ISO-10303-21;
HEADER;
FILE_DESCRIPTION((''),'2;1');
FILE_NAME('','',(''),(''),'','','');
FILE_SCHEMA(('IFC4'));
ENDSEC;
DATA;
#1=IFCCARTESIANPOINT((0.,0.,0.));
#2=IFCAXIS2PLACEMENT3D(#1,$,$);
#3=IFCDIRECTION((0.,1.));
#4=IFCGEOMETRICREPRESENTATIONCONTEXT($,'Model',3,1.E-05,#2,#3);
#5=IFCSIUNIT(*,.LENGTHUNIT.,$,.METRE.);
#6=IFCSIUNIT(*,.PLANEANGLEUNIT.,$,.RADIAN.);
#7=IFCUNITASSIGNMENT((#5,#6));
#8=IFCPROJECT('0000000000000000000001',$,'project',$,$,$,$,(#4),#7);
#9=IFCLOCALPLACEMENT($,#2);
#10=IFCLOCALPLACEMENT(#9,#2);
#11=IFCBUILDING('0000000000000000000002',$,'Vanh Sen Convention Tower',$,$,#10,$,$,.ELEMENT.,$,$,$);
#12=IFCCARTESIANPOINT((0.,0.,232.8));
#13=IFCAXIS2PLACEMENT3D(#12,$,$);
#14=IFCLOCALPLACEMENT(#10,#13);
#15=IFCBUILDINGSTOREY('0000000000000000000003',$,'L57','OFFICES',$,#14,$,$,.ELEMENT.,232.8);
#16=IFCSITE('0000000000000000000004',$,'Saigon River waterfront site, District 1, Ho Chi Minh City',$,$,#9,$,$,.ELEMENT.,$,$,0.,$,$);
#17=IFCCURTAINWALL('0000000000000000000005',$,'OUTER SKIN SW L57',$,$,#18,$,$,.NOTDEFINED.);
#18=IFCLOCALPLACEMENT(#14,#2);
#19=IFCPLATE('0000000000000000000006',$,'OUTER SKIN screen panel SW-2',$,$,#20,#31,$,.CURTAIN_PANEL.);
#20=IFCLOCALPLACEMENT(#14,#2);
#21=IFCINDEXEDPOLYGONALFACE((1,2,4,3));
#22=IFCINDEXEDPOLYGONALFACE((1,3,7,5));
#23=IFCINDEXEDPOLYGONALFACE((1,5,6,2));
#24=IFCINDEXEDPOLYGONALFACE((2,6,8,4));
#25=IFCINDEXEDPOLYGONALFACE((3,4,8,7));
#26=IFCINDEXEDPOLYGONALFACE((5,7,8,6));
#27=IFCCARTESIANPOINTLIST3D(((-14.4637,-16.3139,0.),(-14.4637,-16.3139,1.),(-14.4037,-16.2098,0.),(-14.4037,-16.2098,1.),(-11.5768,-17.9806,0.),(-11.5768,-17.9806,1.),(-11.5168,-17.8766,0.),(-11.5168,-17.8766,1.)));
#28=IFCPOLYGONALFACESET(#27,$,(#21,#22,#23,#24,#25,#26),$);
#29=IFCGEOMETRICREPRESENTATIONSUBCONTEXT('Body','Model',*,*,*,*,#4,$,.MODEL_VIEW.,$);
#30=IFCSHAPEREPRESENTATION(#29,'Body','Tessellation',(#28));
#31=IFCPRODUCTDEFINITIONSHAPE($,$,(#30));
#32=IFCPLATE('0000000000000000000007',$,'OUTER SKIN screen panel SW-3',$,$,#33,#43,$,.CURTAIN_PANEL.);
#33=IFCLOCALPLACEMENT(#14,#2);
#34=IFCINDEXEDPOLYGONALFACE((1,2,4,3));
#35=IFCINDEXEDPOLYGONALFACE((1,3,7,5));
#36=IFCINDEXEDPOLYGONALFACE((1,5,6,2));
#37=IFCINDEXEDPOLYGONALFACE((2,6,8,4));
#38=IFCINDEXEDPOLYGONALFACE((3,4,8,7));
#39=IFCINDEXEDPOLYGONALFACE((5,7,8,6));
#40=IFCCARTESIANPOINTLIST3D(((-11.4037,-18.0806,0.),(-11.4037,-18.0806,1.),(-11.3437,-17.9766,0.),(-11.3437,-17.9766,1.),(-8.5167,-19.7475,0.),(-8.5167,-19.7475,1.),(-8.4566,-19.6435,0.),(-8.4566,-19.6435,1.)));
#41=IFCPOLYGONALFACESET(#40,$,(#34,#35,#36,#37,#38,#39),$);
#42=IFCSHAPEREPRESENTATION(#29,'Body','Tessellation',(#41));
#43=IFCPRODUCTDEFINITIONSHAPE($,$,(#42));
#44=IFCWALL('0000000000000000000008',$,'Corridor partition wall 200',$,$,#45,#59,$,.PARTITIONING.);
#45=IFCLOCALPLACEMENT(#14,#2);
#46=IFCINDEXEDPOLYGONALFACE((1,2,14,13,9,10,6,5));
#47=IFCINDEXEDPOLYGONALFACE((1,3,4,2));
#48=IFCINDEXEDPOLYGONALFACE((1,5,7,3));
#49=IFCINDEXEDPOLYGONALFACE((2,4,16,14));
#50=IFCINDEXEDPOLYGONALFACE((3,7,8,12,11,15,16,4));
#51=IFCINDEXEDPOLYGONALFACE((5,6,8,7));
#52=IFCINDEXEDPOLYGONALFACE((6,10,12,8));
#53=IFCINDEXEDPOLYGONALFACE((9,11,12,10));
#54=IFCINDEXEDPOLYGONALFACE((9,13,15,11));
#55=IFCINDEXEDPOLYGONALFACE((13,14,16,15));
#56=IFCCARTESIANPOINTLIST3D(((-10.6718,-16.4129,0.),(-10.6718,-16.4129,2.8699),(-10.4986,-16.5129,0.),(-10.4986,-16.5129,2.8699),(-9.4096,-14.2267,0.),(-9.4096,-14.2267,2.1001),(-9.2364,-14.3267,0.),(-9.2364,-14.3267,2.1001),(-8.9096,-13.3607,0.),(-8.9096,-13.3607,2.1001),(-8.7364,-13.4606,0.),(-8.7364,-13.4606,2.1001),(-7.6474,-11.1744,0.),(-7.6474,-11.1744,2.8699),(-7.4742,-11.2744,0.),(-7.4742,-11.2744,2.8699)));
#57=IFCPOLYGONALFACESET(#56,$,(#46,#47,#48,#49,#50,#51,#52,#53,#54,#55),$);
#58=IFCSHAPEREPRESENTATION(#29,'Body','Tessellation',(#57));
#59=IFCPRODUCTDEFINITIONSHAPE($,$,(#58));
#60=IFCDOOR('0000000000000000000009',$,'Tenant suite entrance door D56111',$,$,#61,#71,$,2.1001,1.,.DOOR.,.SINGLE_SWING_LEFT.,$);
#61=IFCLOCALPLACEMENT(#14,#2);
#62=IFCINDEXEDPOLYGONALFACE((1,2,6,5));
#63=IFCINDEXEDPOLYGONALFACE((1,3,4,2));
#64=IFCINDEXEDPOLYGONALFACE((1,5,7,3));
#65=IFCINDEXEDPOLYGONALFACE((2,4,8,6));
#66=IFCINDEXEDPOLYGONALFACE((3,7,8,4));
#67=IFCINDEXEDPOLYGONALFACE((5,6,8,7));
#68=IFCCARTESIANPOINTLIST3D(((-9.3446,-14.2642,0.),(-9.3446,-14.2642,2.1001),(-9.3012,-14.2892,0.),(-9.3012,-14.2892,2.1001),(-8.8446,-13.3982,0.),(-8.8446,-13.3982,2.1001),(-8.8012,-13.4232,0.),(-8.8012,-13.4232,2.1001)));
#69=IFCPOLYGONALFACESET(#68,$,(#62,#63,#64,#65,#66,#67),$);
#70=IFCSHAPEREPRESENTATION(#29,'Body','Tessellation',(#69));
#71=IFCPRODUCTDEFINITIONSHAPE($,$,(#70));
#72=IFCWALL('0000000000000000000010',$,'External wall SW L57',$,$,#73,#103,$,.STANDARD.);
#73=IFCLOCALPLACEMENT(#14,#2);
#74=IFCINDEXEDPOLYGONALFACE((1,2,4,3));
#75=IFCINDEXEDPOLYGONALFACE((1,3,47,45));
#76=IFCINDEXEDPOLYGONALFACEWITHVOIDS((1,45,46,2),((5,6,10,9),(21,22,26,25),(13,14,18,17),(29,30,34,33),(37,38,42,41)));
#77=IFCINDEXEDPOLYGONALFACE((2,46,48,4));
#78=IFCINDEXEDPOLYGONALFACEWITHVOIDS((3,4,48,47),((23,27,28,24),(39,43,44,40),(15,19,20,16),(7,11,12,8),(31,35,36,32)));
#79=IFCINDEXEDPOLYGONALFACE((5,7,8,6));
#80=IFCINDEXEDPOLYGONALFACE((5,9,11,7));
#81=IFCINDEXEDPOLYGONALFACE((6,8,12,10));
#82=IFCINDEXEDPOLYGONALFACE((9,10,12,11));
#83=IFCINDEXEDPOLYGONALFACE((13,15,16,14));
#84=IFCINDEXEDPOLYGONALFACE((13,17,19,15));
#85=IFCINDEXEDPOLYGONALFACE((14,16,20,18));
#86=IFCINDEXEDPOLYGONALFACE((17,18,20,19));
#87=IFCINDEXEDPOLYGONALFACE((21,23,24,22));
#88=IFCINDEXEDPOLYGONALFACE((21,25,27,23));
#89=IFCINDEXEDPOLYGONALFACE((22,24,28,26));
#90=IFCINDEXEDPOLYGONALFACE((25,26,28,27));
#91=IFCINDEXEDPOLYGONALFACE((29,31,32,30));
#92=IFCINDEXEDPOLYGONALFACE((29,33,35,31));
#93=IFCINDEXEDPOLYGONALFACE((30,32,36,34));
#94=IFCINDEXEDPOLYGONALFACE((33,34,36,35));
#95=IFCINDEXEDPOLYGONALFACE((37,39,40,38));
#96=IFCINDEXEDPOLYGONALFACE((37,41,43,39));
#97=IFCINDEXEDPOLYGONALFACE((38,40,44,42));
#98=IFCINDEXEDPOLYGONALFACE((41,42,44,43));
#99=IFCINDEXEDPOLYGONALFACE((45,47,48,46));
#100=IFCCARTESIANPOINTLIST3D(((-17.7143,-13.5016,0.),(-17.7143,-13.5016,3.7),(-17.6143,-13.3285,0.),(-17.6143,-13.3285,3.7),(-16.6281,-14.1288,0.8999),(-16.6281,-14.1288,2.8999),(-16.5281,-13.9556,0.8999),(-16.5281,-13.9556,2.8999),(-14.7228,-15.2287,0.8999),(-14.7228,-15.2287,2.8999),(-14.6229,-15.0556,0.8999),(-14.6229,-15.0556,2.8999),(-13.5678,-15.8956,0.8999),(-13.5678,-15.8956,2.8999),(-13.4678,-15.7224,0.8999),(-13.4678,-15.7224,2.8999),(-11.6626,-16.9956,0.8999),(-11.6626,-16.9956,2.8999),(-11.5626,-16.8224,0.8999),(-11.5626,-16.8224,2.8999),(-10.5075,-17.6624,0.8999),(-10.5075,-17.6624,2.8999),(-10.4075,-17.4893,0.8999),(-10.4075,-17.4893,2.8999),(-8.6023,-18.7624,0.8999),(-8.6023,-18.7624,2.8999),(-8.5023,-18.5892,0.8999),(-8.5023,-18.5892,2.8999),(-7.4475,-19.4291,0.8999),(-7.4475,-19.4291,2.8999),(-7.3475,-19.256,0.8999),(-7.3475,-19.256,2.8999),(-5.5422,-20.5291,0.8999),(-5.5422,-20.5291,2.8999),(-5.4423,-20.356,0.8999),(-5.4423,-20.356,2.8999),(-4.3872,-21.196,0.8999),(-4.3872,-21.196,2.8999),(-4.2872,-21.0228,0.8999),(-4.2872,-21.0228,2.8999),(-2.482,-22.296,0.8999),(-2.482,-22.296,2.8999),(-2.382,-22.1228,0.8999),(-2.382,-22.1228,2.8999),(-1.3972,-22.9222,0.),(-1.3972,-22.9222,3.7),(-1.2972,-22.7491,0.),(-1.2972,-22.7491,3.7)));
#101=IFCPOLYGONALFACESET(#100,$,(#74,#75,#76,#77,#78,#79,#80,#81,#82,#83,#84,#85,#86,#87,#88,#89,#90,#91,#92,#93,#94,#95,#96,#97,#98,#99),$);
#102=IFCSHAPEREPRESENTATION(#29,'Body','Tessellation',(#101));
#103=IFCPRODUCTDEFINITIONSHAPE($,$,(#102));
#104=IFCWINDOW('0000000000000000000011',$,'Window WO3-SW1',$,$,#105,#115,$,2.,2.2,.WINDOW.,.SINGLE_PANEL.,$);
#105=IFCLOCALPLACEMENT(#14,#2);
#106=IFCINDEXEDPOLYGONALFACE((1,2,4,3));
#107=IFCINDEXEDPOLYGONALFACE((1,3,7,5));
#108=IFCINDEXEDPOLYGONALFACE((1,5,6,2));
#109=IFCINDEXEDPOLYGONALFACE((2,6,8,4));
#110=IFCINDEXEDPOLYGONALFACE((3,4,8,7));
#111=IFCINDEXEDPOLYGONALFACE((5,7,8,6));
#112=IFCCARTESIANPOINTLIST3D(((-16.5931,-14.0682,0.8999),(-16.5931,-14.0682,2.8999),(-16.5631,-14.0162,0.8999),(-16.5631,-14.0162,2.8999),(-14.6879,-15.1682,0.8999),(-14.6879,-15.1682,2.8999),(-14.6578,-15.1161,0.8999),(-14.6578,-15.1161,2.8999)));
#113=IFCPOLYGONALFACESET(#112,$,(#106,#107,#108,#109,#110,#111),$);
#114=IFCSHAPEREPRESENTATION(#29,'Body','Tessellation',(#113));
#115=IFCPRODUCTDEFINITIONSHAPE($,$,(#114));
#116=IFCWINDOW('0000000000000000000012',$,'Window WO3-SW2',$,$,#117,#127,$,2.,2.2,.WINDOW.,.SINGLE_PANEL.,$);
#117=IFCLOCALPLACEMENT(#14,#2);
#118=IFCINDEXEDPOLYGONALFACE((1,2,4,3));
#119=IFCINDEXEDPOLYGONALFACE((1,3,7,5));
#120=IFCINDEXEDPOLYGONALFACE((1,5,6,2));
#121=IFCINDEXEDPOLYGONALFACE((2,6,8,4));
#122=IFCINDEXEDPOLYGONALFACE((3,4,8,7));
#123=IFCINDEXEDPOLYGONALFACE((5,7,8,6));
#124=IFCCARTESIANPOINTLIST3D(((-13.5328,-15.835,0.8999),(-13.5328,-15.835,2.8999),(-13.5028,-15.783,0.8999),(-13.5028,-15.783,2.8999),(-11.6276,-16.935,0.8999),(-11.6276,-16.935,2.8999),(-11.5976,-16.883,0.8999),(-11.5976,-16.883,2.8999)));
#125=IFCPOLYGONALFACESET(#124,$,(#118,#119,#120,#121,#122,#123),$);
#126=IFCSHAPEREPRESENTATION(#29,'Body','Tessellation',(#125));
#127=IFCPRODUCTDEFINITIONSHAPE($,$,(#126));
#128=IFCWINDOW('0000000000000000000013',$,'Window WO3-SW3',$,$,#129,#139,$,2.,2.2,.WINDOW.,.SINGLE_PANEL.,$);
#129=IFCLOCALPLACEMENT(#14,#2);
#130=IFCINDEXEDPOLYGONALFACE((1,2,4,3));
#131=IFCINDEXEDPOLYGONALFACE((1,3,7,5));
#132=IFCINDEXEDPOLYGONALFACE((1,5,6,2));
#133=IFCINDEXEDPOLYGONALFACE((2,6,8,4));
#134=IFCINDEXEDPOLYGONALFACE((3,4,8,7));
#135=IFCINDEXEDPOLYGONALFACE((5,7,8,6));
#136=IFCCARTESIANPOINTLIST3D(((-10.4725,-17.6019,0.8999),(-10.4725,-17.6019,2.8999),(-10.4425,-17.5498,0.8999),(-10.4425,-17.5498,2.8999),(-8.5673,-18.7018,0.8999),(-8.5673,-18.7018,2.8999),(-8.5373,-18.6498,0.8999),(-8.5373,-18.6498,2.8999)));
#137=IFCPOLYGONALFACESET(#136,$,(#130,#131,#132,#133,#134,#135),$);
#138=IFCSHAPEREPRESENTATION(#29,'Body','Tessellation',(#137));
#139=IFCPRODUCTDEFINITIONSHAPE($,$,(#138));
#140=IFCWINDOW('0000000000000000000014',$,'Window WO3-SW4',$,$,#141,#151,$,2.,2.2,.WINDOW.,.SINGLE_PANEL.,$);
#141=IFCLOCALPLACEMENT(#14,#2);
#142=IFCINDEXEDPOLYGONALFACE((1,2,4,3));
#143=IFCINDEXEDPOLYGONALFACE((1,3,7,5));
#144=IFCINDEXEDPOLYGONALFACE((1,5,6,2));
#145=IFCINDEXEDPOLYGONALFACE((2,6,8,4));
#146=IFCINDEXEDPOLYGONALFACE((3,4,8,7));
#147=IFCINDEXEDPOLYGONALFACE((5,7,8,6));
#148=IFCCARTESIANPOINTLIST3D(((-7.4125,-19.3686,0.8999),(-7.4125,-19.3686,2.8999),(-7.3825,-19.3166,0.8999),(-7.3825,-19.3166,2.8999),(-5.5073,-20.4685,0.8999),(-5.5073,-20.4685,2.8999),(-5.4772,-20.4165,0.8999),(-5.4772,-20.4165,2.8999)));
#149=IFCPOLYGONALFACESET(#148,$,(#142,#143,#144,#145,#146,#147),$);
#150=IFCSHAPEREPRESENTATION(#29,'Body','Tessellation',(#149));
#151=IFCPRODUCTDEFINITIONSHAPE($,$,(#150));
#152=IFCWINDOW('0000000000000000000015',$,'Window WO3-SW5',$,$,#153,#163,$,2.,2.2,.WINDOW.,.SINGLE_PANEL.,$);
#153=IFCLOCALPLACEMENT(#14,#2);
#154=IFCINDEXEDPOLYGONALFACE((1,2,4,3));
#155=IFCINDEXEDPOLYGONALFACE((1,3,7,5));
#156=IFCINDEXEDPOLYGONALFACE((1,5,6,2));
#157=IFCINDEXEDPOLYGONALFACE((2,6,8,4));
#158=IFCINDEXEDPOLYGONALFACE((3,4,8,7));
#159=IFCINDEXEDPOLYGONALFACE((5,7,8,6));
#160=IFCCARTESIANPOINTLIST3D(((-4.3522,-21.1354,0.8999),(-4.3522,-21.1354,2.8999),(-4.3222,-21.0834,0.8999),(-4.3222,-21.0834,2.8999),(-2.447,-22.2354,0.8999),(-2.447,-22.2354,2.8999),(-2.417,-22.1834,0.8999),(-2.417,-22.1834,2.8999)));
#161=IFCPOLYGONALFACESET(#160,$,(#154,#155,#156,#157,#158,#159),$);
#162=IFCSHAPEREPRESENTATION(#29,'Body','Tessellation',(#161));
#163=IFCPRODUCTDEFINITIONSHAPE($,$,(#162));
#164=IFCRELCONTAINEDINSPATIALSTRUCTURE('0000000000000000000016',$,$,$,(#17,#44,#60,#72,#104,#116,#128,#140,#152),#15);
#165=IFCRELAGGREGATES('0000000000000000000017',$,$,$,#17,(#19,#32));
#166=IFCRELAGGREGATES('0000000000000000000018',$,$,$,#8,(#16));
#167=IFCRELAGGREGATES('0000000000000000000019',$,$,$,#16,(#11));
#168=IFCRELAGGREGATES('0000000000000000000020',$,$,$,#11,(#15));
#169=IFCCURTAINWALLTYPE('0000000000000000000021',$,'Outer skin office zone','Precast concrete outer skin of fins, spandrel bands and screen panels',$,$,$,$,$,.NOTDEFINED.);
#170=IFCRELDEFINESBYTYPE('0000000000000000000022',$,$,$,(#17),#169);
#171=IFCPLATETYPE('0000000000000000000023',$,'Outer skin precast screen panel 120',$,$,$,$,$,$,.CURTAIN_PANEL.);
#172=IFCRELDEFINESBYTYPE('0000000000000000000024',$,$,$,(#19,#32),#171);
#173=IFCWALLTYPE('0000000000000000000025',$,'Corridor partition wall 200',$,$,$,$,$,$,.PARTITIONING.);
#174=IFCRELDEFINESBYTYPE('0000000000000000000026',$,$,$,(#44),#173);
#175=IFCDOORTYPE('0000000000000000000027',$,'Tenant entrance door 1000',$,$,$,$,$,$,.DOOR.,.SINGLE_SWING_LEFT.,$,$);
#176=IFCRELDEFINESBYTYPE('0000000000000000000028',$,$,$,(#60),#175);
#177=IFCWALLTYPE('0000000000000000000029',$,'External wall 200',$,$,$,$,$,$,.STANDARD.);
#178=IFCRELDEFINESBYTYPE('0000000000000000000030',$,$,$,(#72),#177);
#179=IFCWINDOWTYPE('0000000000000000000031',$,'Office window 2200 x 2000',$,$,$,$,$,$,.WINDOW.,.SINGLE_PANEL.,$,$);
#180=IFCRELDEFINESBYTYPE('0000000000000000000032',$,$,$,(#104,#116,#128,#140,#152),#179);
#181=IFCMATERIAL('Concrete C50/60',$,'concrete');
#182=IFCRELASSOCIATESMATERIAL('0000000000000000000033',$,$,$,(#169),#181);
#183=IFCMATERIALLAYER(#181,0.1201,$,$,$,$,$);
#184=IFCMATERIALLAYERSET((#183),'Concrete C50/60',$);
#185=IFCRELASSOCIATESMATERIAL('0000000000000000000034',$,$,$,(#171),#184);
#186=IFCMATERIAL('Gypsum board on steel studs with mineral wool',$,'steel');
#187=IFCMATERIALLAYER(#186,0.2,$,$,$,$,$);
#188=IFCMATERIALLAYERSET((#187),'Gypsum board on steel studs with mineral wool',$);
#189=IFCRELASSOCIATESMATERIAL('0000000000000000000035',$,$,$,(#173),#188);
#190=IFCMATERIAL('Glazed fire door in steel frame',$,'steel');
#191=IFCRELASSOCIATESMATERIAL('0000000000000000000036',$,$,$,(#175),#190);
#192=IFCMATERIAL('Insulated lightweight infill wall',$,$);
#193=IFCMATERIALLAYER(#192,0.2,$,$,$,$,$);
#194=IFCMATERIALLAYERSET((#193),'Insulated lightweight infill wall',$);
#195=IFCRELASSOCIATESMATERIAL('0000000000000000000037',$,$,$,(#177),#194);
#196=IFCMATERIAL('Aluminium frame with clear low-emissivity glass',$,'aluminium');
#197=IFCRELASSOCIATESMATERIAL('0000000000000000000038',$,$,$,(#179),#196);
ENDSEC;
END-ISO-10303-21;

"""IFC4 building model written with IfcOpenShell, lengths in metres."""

from ifc_helpers import new_model, si_unit, direction, frame, frame_2d, origin, origin_2d, place, context, subcontext, project, spatial, rectangle, extrude, material, layer, layer_set, type_object, element, fill, aggregate, save


model = new_model("IFC4")

# Units and contexts
model_context = context("Model", 3, precision=1e-05, world=origin(), true_north=direction((0.0, 1.0)))
body_context = subcontext(model_context, "Body", "Model", "MODEL_VIEW")
ifc_project = project(units=[si_unit("LENGTHUNIT", "METRE"), si_unit("PLANEANGLEUNIT", "RADIAN")], contexts=[model_context])

# Site, building, storey
site_placement = place(None, origin())
site = spatial("IfcSite", under=ifc_project, at=site_placement, Name="Saigon River waterfront site, District 1, Ho Chi Minh City", CompositionType="ELEMENT", RefElevation=0.0)
building_placement = place(site_placement, origin())
building = spatial("IfcBuilding", under=site, at=building_placement, Name="Vanh Sen Convention Tower", CompositionType="ELEMENT")
storey_placement = place(building_placement, frame((0.0, 0.0, 232.8)))
storey = spatial("IfcBuildingStorey", under=building, at=storey_placement, Name="L57", Description="OFFICES", CompositionType="ELEMENT", Elevation=232.8)

# Curtain wall
ifc_material_1 = material(Name="Concrete C50/60", Category="concrete")
curtain_wall_type = type_object("IfcCurtainWallType", Name="Outer skin office zone", Description="Precast concrete outer skin of fins, spandrel bands and screen panels", PredefinedType="NOTDEFINED", material=ifc_material_1)
curtain_wall_placement = place(storey_placement, origin())
curtain_wall = element("IfcCurtainWall", 1, at=curtain_wall_placement, inside=storey, type_object=curtain_wall_type, Name="OUTER SKIN SW L57", PredefinedType="NOTDEFINED")

# Plates
ifc_layer_1 = layer(ifc_material_1, 0.1201)
ifc_layer_set_1 = layer_set([ifc_layer_1], Name="Concrete C50/60")
plate_type = type_object("IfcPlateType", Name="Outer skin precast screen panel 120", PredefinedType="CURTAIN_PANEL", material=ifc_layer_set_1)
plate_1_placement = place(storey_placement, frame((-12.9902, -17.0952, 0.0), z_axis=(0.0, 0.0, 1.0), x_axis=(0.866026, -0.499998, 0.0)))
plate_1 = element("IfcPlate", 2, at=plate_1_placement, type_object=plate_type, Name="OUTER SKIN screen panel SW-2", PredefinedType="CURTAIN_PANEL", context=body_context, shape_type="SweptSolid", body=[
    extrude(rectangle(XDim=3.3335, YDim=0.1201, at=origin_2d()), origin(), (0.0, 0.0, 1.0), 1.0),
])
plate_2_placement = place(storey_placement, frame((-9.9302, -18.8621, 0.0), z_axis=(0.0, 0.0, 1.0), x_axis=(0.866014, -0.50002, 0.0)))
plate_2 = element("IfcPlate", 3, at=plate_2_placement, type_object=plate_type, Name="OUTER SKIN screen panel SW-3", PredefinedType="CURTAIN_PANEL", context=body_context, shape_type="SweptSolid", body=[
    extrude(rectangle(XDim=3.3337, YDim=0.1201, at=origin_2d()), origin(), (0.0, 0.0, 1.0), 1.0),
])
aggregate(curtain_wall, [plate_1, plate_2])

# Wall, opening, door
ifc_material_2 = material(Name="Gypsum board on steel studs with mineral wool", Category="steel")
ifc_layer_2 = layer(ifc_material_2, 0.2)
ifc_layer_set_2 = layer_set([ifc_layer_2], Name="Gypsum board on steel studs with mineral wool")
wall_type_1 = type_object("IfcWallType", Name="Corridor partition wall 200", PredefinedType="PARTITIONING", material=ifc_layer_set_2)
wall_1_placement = place(storey_placement, frame((-10.5852, -16.4629, 0.0), z_axis=(0.0, 0.0, 1.0), x_axis=(0.499994, 0.866029, 0.0)))
wall_1 = element("IfcWall", 4, at=wall_1_placement, inside=storey, type_object=wall_type_1, Name="Corridor partition wall 200", PredefinedType="PARTITIONING", context=body_context, shape_type="SweptSolid", body=[
    extrude(rectangle(XDim=6.0488, YDim=0.2, at=frame_2d((3.0244, 0.0))), origin(), (0.0, 0.0, 1.0), 2.8699),
])
opening_1_placement = place(wall_1_placement, frame((2.5244, 0.0, 0.0)))
opening_1 = element("IfcOpeningElement", 5, at=opening_1_placement, cuts=wall_1, PredefinedType="OPENING", context=body_context, shape_type="SweptSolid", body=[
    extrude(rectangle(XDim=1.0, YDim=2.1001, at=frame_2d((0.5, 1.05))), frame((0.0, 0.1099, 0.0), z_axis=(0.0, -1.0, 0.0), x_axis=(1.0, 0.0, 0.0)), (0.0, 0.0, 1.0), 0.22),
])
ifc_material_3 = material(Name="Glazed fire door in steel frame", Category="steel")
door_type = type_object("IfcDoorType", Name="Tenant entrance door 1000", OperationType="SINGLE_SWING_LEFT", PredefinedType="DOOR", material=ifc_material_3)
door_placement = place(opening_1_placement, origin())
door = element("IfcDoor", 6, at=door_placement, inside=storey, type_object=door_type, Name="Tenant suite entrance door D56111", OperationType="SINGLE_SWING_LEFT", OverallHeight=2.1001, OverallWidth=1.0, PredefinedType="DOOR", context=body_context, shape_type="SweptSolid", body=[
    extrude(rectangle(XDim=1.0, YDim=2.1001, at=frame_2d((0.5, 1.05))), frame((0.0, 0.0249, 0.0), z_axis=(0.0, -1.0, 0.0), x_axis=(1.0, 0.0, 0.0)), (0.0, 0.0, 1.0), 0.05),
])
fill(opening_1, door)

# Wall, openings, windows
ifc_material_4 = material(Name="Insulated lightweight infill wall")
ifc_layer_3 = layer(ifc_material_4, 0.2)
ifc_layer_set_3 = layer_set([ifc_layer_3], Name="Insulated lightweight infill wall")
wall_type_2 = type_object("IfcWallType", Name="External wall 200", PredefinedType="STANDARD", material=ifc_layer_set_3)
wall_2_placement = place(storey_placement, frame((-17.6643, -13.415, 0.0), z_axis=(0.0, 0.0, 1.0), x_axis=(0.866027, -0.499998, 0.0)))
wall_2 = element("IfcWall", 7, at=wall_2_placement, inside=storey, type_object=wall_type_2, Name="External wall SW L57", PredefinedType="STANDARD", context=body_context, shape_type="SweptSolid", body=[
    extrude(rectangle(XDim=18.8413, YDim=0.2, at=frame_2d((9.4207, 0.0))), origin(), (0.0, 0.0, 1.0), 3.7),
])
opening_2_placement = place(wall_2_placement, frame((1.2542, 0.0, 0.8999)))
opening_2 = element("IfcOpeningElement", 8, at=opening_2_placement, cuts=wall_2, PredefinedType="OPENING", context=body_context, shape_type="SweptSolid", body=[
    extrude(rectangle(XDim=2.2, YDim=2.0, at=frame_2d((1.1001, 1.0))), frame((0.0, 0.1099, 0.0), z_axis=(0.0, -1.0, 0.0), x_axis=(1.0, 0.0, 0.0)), (0.0, 0.0, 1.0), 0.22),
])
opening_3_placement = place(wall_2_placement, frame((4.7878, 0.0, 0.8999)))
opening_3 = element("IfcOpeningElement", 9, at=opening_3_placement, cuts=wall_2, PredefinedType="OPENING", context=body_context, shape_type="SweptSolid", body=[
    extrude(rectangle(XDim=2.2, YDim=2.0, at=frame_2d((1.1001, 1.0))), frame((0.0, 0.1099, 0.0), z_axis=(0.0, -1.0, 0.0), x_axis=(1.0, 0.0, 0.0)), (0.0, 0.0, 1.0), 0.22),
])
opening_4_placement = place(wall_2_placement, frame((8.3215, 0.0, 0.8999)))
opening_4 = element("IfcOpeningElement", 10, at=opening_4_placement, cuts=wall_2, PredefinedType="OPENING", context=body_context, shape_type="SweptSolid", body=[
    extrude(rectangle(XDim=2.2, YDim=2.0, at=frame_2d((1.1001, 1.0))), frame((0.0, 0.1099, 0.0), z_axis=(0.0, -1.0, 0.0), x_axis=(1.0, 0.0, 0.0)), (0.0, 0.0, 1.0), 0.22),
])
opening_5_placement = place(wall_2_placement, frame((11.855, 0.0, 0.8999)))
opening_5 = element("IfcOpeningElement", 11, at=opening_5_placement, cuts=wall_2, PredefinedType="OPENING", context=body_context, shape_type="SweptSolid", body=[
    extrude(rectangle(XDim=2.2, YDim=2.0, at=frame_2d((1.1001, 1.0))), frame((0.0, 0.1099, 0.0), z_axis=(0.0, -1.0, 0.0), x_axis=(1.0, 0.0, 0.0)), (0.0, 0.0, 1.0), 0.22),
])
opening_6_placement = place(wall_2_placement, frame((15.3887, 0.0, 0.8999)))
opening_6 = element("IfcOpeningElement", 12, at=opening_6_placement, cuts=wall_2, PredefinedType="OPENING", context=body_context, shape_type="SweptSolid", body=[
    extrude(rectangle(XDim=2.2, YDim=2.0, at=frame_2d((1.1001, 1.0))), frame((0.0, 0.1099, 0.0), z_axis=(0.0, -1.0, 0.0), x_axis=(1.0, 0.0, 0.0)), (0.0, 0.0, 1.0), 0.22),
])
ifc_material_5 = material(Name="Aluminium frame with clear low-emissivity glass", Category="aluminium")
window_type = type_object("IfcWindowType", Name="Office window 2200 x 2000", PartitioningType="SINGLE_PANEL", PredefinedType="WINDOW", material=ifc_material_5)
window_1_placement = place(opening_2_placement, origin())
window_1 = element("IfcWindow", 13, at=window_1_placement, inside=storey, type_object=window_type, Name="Window WO3-SW1", OverallHeight=2.0, OverallWidth=2.2, PartitioningType="SINGLE_PANEL", PredefinedType="WINDOW", context=body_context, shape_type="SweptSolid", body=[
    extrude(rectangle(XDim=2.2, YDim=2.0, at=frame_2d((1.1001, 1.0))), frame((0.0, 0.03, 0.0), z_axis=(0.0, -1.0, 0.0), x_axis=(1.0, 0.0, 0.0)), (0.0, 0.0, 1.0), 0.0601),
])
fill(opening_2, window_1)
window_2_placement = place(opening_3_placement, origin())
window_2 = element("IfcWindow", 14, at=window_2_placement, inside=storey, type_object=window_type, Name="Window WO3-SW2", OverallHeight=2.0, OverallWidth=2.2, PartitioningType="SINGLE_PANEL", PredefinedType="WINDOW", context=body_context, shape_type="SweptSolid", body=[
    extrude(rectangle(XDim=2.2, YDim=2.0, at=frame_2d((1.1001, 1.0))), frame((0.0, 0.03, 0.0), z_axis=(0.0, -1.0, 0.0), x_axis=(1.0, 0.0, 0.0)), (0.0, 0.0, 1.0), 0.0601),
])
fill(opening_3, window_2)
window_3_placement = place(opening_4_placement, origin())
window_3 = element("IfcWindow", 15, at=window_3_placement, inside=storey, type_object=window_type, Name="Window WO3-SW3", OverallHeight=2.0, OverallWidth=2.2, PartitioningType="SINGLE_PANEL", PredefinedType="WINDOW", context=body_context, shape_type="SweptSolid", body=[
    extrude(rectangle(XDim=2.2, YDim=2.0, at=frame_2d((1.1001, 1.0))), frame((0.0, 0.03, 0.0), z_axis=(0.0, -1.0, 0.0), x_axis=(1.0, 0.0, 0.0)), (0.0, 0.0, 1.0), 0.0601),
])
fill(opening_4, window_3)
window_4_placement = place(opening_5_placement, origin())
window_4 = element("IfcWindow", 16, at=window_4_placement, inside=storey, type_object=window_type, Name="Window WO3-SW4", OverallHeight=2.0, OverallWidth=2.2, PartitioningType="SINGLE_PANEL", PredefinedType="WINDOW", context=body_context, shape_type="SweptSolid", body=[
    extrude(rectangle(XDim=2.2, YDim=2.0, at=frame_2d((1.1001, 1.0))), frame((0.0, 0.03, 0.0), z_axis=(0.0, -1.0, 0.0), x_axis=(1.0, 0.0, 0.0)), (0.0, 0.0, 1.0), 0.0601),
])
fill(opening_5, window_4)
window_5_placement = place(opening_6_placement, origin())
window_5 = element("IfcWindow", 17, at=window_5_placement, inside=storey, type_object=window_type, Name="Window WO3-SW5", OverallHeight=2.0, OverallWidth=2.2, PartitioningType="SINGLE_PANEL", PredefinedType="WINDOW", context=body_context, shape_type="SweptSolid", body=[
    extrude(rectangle(XDim=2.2, YDim=2.0, at=frame_2d((1.1001, 1.0))), frame((0.0, 0.03, 0.0), z_axis=(0.0, -1.0, 0.0), x_axis=(1.0, 0.0, 0.0)), (0.0, 0.0, 1.0), 0.0601),
])
fill(opening_6, window_5)

save(model, "model.ifc")
